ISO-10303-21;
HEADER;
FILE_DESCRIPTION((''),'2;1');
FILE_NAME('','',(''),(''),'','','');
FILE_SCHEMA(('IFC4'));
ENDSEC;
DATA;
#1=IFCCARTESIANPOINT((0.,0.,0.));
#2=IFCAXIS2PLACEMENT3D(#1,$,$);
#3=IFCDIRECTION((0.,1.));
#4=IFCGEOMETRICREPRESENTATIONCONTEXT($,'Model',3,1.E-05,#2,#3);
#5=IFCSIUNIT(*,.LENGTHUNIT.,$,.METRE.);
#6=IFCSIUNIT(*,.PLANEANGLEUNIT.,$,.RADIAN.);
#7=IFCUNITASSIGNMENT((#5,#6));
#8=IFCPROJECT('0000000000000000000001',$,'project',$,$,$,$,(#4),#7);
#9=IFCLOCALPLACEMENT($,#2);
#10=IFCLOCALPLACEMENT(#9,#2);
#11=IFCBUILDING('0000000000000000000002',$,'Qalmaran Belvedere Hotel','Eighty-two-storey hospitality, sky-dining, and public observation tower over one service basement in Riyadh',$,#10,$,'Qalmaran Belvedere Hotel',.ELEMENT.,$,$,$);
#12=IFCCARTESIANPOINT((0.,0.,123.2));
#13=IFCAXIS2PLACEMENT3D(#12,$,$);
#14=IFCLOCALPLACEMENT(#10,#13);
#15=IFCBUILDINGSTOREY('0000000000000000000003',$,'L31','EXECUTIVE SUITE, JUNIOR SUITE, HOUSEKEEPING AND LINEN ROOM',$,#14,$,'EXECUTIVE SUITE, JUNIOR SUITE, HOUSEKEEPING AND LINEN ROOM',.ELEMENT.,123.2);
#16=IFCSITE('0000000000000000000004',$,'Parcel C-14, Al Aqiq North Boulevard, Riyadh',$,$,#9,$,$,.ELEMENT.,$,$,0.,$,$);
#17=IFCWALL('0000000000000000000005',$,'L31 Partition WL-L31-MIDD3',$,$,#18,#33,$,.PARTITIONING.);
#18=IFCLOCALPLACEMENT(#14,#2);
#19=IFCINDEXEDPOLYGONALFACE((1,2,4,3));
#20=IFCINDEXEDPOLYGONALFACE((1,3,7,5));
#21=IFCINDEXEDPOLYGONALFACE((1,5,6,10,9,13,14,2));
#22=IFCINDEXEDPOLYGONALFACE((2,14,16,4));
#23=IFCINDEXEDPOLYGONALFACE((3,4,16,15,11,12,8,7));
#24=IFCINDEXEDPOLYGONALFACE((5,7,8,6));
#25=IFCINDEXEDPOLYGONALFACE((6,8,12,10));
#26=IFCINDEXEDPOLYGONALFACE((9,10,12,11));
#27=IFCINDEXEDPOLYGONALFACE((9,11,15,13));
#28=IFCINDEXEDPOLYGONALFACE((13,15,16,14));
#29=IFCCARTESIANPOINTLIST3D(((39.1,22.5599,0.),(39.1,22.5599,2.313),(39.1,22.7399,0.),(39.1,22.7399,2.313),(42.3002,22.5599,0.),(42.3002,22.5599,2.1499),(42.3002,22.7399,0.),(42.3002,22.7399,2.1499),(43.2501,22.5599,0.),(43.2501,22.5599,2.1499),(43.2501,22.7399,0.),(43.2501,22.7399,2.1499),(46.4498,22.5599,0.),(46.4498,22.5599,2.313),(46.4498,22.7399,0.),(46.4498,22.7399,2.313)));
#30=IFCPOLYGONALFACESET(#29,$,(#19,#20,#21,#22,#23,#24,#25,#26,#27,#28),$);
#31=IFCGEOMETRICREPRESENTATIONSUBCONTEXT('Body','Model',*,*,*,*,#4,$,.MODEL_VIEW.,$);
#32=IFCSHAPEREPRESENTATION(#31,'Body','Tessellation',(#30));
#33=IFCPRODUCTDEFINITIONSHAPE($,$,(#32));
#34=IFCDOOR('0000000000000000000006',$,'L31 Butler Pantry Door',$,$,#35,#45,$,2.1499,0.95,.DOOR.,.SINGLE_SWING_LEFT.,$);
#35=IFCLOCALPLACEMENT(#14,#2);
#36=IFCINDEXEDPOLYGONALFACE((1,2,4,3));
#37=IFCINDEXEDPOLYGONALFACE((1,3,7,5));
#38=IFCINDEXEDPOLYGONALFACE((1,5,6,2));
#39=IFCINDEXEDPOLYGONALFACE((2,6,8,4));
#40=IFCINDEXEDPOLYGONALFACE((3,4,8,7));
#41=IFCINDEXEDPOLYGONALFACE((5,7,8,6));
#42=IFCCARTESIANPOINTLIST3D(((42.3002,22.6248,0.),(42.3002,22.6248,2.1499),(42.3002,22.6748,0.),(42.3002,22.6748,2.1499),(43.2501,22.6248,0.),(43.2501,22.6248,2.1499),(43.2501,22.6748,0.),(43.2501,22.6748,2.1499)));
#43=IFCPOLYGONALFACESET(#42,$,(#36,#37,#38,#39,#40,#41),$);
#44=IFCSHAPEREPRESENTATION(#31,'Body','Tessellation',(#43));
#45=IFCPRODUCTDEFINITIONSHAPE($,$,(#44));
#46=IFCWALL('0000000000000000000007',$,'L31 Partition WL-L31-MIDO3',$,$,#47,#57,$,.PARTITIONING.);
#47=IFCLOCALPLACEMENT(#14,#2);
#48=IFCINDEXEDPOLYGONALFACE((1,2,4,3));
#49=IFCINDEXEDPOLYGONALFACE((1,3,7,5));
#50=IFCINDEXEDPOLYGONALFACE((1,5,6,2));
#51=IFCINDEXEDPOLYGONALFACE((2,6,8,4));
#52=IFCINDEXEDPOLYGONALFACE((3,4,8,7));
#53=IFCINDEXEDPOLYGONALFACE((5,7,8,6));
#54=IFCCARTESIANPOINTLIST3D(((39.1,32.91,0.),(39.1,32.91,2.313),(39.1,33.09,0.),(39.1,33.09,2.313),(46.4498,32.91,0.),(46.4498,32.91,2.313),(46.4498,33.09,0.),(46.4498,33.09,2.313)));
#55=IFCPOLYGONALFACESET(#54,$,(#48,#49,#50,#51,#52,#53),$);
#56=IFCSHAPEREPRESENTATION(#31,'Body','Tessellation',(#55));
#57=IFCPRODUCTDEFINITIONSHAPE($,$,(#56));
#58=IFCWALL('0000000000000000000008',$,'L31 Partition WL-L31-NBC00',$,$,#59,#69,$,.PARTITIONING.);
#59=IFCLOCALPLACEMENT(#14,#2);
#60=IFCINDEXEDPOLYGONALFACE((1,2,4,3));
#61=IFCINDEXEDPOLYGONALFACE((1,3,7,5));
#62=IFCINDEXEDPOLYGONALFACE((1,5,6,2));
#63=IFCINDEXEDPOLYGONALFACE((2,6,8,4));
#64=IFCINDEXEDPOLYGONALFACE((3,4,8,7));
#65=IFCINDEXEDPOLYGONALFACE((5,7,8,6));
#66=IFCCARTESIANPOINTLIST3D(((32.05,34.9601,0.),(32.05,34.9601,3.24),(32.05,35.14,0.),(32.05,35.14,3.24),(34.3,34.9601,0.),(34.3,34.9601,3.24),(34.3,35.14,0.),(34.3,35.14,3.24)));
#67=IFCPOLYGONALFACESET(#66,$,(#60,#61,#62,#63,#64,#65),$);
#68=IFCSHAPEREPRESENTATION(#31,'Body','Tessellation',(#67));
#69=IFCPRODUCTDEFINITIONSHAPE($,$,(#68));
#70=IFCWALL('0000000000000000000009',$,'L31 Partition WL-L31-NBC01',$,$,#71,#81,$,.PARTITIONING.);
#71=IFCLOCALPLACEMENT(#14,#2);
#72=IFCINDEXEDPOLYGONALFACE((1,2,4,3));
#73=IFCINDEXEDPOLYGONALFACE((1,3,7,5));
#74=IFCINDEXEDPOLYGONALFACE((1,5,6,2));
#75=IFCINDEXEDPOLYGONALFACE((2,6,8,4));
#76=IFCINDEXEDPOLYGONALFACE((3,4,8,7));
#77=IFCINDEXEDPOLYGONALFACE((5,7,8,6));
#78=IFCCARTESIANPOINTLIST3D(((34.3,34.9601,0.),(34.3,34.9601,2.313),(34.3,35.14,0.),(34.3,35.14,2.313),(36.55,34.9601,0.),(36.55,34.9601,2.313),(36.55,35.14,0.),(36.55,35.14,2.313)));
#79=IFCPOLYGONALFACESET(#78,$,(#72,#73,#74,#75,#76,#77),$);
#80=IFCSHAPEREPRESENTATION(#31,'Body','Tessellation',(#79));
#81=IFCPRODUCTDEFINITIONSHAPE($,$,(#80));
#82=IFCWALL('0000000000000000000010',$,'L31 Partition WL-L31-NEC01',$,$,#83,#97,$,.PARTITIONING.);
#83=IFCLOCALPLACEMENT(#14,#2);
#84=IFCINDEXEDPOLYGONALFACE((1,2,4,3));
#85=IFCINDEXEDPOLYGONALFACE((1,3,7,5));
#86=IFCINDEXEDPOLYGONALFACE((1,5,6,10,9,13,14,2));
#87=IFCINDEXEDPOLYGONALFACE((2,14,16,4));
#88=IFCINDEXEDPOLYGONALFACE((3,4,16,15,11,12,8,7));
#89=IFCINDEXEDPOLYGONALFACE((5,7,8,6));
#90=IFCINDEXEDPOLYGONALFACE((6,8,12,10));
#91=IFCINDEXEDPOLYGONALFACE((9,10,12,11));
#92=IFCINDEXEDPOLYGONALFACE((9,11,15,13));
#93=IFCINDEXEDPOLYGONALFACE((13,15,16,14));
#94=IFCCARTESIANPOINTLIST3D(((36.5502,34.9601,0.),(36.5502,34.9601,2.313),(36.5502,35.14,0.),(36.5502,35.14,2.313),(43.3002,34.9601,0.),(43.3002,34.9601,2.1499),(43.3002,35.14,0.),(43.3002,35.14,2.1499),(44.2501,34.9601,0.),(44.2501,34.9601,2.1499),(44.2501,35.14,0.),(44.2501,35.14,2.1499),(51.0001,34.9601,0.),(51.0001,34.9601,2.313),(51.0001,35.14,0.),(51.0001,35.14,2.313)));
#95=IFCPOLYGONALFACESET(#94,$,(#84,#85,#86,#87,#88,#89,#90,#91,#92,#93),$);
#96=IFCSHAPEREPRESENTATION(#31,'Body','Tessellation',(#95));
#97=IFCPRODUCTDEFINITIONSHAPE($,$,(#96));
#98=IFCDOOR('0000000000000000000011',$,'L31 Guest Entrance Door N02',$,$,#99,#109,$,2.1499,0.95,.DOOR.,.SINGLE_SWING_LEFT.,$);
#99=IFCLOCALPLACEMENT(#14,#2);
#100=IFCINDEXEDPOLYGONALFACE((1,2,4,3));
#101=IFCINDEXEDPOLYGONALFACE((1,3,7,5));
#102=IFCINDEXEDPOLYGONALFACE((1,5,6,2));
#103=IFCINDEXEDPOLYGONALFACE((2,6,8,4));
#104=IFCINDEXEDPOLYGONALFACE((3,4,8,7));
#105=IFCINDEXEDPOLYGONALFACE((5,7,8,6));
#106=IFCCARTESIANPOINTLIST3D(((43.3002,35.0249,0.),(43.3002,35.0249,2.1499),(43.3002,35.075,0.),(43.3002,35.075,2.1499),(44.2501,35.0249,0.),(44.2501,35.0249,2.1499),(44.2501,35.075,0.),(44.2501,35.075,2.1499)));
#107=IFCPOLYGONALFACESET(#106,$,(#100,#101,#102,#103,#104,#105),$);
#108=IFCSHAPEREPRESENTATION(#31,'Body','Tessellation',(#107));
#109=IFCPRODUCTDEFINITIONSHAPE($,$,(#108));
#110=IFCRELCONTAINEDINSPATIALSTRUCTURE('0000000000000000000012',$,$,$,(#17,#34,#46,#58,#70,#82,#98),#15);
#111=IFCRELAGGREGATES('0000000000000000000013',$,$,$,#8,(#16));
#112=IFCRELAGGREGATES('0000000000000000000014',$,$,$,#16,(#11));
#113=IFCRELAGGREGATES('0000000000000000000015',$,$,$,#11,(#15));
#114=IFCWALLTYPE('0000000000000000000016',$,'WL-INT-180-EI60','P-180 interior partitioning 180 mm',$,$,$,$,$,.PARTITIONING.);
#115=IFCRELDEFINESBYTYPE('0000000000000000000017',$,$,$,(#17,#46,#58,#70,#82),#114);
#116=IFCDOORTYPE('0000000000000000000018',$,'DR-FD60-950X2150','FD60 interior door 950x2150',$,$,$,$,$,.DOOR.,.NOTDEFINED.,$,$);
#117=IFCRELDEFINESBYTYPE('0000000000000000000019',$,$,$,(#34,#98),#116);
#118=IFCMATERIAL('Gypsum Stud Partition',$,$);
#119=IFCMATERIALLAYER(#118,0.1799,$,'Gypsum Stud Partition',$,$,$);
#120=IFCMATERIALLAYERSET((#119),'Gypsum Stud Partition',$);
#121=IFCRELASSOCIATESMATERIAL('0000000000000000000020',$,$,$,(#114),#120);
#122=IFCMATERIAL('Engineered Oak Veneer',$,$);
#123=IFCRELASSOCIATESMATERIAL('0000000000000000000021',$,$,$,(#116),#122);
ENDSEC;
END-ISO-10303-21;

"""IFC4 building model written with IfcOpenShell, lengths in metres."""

from ifc_helpers import new_model, si_unit, direction, frame, frame_2d, origin, place, context, subcontext, project, spatial, rectangle, extrude, material, layer, layer_set, type_object, element, fill, save


model = new_model("IFC4")

# Units and contexts
model_context = context("Model", 3, precision=1e-05, world=origin(), true_north=direction((0.0, 1.0)))
body_context = subcontext(model_context, "Body", "Model", "MODEL_VIEW")
ifc_project = project(units=[si_unit("LENGTHUNIT", "METRE"), si_unit("PLANEANGLEUNIT", "RADIAN")], contexts=[model_context])

# Site, building, storey
site_placement = place(None, origin())
site = spatial("IfcSite", under=ifc_project, at=site_placement, Name="Parcel C-14, Al Aqiq North Boulevard, Riyadh", CompositionType="ELEMENT", RefElevation=0.0)
building_placement = place(site_placement, origin())
building = spatial("IfcBuilding", under=site, at=building_placement, Name="Qalmaran Belvedere Hotel", Description="Eighty-two-storey hospitality, sky-dining, and public observation tower over one service basement in Riyadh", LongName="Qalmaran Belvedere Hotel", CompositionType="ELEMENT")
storey_placement = place(building_placement, frame((0.0, 0.0, 123.2)))
storey = spatial("IfcBuildingStorey", under=building, at=storey_placement, Name="L31", Description="EXECUTIVE SUITE, JUNIOR SUITE, HOUSEKEEPING AND LINEN ROOM", LongName="EXECUTIVE SUITE, JUNIOR SUITE, HOUSEKEEPING AND LINEN ROOM", CompositionType="ELEMENT", Elevation=123.2)

# Shared definitions
ifc_material_1 = material(Name="Gypsum Stud Partition")

# Shared definitions
ifc_layer_1 = layer(ifc_material_1, 0.1799, Name="Gypsum Stud Partition")
ifc_layer_set_1 = layer_set([ifc_layer_1], Name="Gypsum Stud Partition")
wall_type_1 = type_object("IfcWallType", Name="WL-INT-180-EI60", Description="P-180 interior partitioning 180 mm", PredefinedType="PARTITIONING", material=ifc_layer_set_1)
ifc_material_2 = material(Name="Engineered Oak Veneer")
door_type = type_object("IfcDoorType", Name="DR-FD60-950X2150", Description="FD60 interior door 950x2150", OperationType="NOTDEFINED", PredefinedType="DOOR", material=ifc_material_2)

# Wall, opening, door
wall_1_placement = place(storey_placement, frame((39.1001, 22.6499, 0.0), z_axis=(0.0, 0.0, 1.0), x_axis=(1.0, 0.0, 0.0)))
wall_1 = element("IfcWall", 1, at=wall_1_placement, inside=storey, type_object=wall_type_1, Name="L31 Partition WL-L31-MIDD3", PredefinedType="PARTITIONING", context=body_context, shape_type="SweptSolid", body=[
    extrude(rectangle(XDim=7.3499, YDim=0.1799, at=frame_2d((3.6748, 0.0))), origin(), (0.0, 0.0, 1.0), 2.313),
])
opening_1_placement = place(wall_1_placement, frame((3.2, 0.0, 0.0)))
opening_1 = element("IfcOpeningElement", 2, at=opening_1_placement, cuts=wall_1, PredefinedType="OPENING", context=body_context, shape_type="SweptSolid", body=[
    extrude(rectangle(XDim=0.95, YDim=2.1499, at=frame_2d((0.4751, 1.075))), frame((0.0, 0.1001, 0.0), z_axis=(0.0, -1.0, 0.0), x_axis=(1.0, 0.0, 0.0)), (0.0, 0.0, 1.0), 0.2),
])
door_1_placement = place(opening_1_placement, origin())
door_1 = element("IfcDoor", 3, at=door_1_placement, inside=storey, type_object=door_type, Name="L31 Butler Pantry Door", OperationType="SINGLE_SWING_LEFT", OverallHeight=2.1499, OverallWidth=0.95, PredefinedType="DOOR", context=body_context, shape_type="SweptSolid", body=[
    extrude(rectangle(XDim=0.95, YDim=2.1499, at=frame_2d((0.4751, 1.075))), frame((0.0, 0.0249, 0.0), z_axis=(0.0, -1.0, 0.0), x_axis=(1.0, 0.0, 0.0)), (0.0, 0.0, 1.0), 0.05),
])
fill(opening_1, door_1)

# Walls
wall_2_placement = place(storey_placement, frame((39.1001, 33.0, 0.0), z_axis=(0.0, 0.0, 1.0), x_axis=(1.0, 0.0, 0.0)))
element("IfcWall", 4, at=wall_2_placement, inside=storey, type_object=wall_type_1, Name="L31 Partition WL-L31-MIDO3", PredefinedType="PARTITIONING", context=body_context, shape_type="SweptSolid", body=[
    extrude(rectangle(XDim=7.3499, YDim=0.1799, at=frame_2d((3.6748, 0.0))), origin(), (0.0, 0.0, 1.0), 2.313),
])
wall_3_placement = place(storey_placement, frame((32.05, 35.05, 0.0), z_axis=(0.0, 0.0, 1.0), x_axis=(1.0, 0.0, 0.0)))
element("IfcWall", 5, at=wall_3_placement, inside=storey, type_object=wall_type_1, Name="L31 Partition WL-L31-NBC00", PredefinedType="PARTITIONING", context=body_context, shape_type="SweptSolid", body=[
    extrude(rectangle(XDim=2.25, YDim=0.1799, at=frame_2d((1.125, 0.0))), origin(), (0.0, 0.0, 1.0), 3.24),
])
wall_4_placement = place(storey_placement, frame((34.3, 35.05, 0.0), z_axis=(0.0, 0.0, 1.0), x_axis=(1.0, 0.0, 0.0)))
element("IfcWall", 6, at=wall_4_placement, inside=storey, type_object=wall_type_1, Name="L31 Partition WL-L31-NBC01", PredefinedType="PARTITIONING", context=body_context, shape_type="SweptSolid", body=[
    extrude(rectangle(XDim=2.25, YDim=0.1799, at=frame_2d((1.125, 0.0))), origin(), (0.0, 0.0, 1.0), 2.313),
])

# Wall, opening, door
wall_5_placement = place(storey_placement, frame((36.55, 35.05, 0.0), z_axis=(0.0, 0.0, 1.0), x_axis=(1.0, 0.0, 0.0)))
wall_5 = element("IfcWall", 7, at=wall_5_placement, inside=storey, type_object=wall_type_1, Name="L31 Partition WL-L31-NEC01", PredefinedType="PARTITIONING", context=body_context, shape_type="SweptSolid", body=[
    extrude(rectangle(XDim=14.45, YDim=0.1799, at=frame_2d((7.2251, 0.0))), origin(), (0.0, 0.0, 1.0), 2.313),
])
opening_2_placement = place(wall_5_placement, frame((6.75, 0.0, 0.0)))
opening_2 = element("IfcOpeningElement", 8, at=opening_2_placement, cuts=wall_5, PredefinedType="OPENING", context=body_context, shape_type="SweptSolid", body=[
    extrude(rectangle(XDim=0.95, YDim=2.1499, at=frame_2d((0.4751, 1.075))), frame((0.0, 0.1001, 0.0), z_axis=(0.0, -1.0, 0.0), x_axis=(1.0, 0.0, 0.0)), (0.0, 0.0, 1.0), 0.2),
])
door_2_placement = place(opening_2_placement, origin())
door_2 = element("IfcDoor", 9, at=door_2_placement, inside=storey, type_object=door_type, Name="L31 Guest Entrance Door N02", OperationType="SINGLE_SWING_LEFT", OverallHeight=2.1499, OverallWidth=0.95, PredefinedType="DOOR", context=body_context, shape_type="SweptSolid", body=[
    extrude(rectangle(XDim=0.95, YDim=2.1499, at=frame_2d((0.4751, 1.075))), frame((0.0, 0.0249, 0.0), z_axis=(0.0, -1.0, 0.0), x_axis=(1.0, 0.0, 0.0)), (0.0, 0.0, 1.0), 0.05),
])
fill(opening_2, door_2)

save(model, "model.ifc")
